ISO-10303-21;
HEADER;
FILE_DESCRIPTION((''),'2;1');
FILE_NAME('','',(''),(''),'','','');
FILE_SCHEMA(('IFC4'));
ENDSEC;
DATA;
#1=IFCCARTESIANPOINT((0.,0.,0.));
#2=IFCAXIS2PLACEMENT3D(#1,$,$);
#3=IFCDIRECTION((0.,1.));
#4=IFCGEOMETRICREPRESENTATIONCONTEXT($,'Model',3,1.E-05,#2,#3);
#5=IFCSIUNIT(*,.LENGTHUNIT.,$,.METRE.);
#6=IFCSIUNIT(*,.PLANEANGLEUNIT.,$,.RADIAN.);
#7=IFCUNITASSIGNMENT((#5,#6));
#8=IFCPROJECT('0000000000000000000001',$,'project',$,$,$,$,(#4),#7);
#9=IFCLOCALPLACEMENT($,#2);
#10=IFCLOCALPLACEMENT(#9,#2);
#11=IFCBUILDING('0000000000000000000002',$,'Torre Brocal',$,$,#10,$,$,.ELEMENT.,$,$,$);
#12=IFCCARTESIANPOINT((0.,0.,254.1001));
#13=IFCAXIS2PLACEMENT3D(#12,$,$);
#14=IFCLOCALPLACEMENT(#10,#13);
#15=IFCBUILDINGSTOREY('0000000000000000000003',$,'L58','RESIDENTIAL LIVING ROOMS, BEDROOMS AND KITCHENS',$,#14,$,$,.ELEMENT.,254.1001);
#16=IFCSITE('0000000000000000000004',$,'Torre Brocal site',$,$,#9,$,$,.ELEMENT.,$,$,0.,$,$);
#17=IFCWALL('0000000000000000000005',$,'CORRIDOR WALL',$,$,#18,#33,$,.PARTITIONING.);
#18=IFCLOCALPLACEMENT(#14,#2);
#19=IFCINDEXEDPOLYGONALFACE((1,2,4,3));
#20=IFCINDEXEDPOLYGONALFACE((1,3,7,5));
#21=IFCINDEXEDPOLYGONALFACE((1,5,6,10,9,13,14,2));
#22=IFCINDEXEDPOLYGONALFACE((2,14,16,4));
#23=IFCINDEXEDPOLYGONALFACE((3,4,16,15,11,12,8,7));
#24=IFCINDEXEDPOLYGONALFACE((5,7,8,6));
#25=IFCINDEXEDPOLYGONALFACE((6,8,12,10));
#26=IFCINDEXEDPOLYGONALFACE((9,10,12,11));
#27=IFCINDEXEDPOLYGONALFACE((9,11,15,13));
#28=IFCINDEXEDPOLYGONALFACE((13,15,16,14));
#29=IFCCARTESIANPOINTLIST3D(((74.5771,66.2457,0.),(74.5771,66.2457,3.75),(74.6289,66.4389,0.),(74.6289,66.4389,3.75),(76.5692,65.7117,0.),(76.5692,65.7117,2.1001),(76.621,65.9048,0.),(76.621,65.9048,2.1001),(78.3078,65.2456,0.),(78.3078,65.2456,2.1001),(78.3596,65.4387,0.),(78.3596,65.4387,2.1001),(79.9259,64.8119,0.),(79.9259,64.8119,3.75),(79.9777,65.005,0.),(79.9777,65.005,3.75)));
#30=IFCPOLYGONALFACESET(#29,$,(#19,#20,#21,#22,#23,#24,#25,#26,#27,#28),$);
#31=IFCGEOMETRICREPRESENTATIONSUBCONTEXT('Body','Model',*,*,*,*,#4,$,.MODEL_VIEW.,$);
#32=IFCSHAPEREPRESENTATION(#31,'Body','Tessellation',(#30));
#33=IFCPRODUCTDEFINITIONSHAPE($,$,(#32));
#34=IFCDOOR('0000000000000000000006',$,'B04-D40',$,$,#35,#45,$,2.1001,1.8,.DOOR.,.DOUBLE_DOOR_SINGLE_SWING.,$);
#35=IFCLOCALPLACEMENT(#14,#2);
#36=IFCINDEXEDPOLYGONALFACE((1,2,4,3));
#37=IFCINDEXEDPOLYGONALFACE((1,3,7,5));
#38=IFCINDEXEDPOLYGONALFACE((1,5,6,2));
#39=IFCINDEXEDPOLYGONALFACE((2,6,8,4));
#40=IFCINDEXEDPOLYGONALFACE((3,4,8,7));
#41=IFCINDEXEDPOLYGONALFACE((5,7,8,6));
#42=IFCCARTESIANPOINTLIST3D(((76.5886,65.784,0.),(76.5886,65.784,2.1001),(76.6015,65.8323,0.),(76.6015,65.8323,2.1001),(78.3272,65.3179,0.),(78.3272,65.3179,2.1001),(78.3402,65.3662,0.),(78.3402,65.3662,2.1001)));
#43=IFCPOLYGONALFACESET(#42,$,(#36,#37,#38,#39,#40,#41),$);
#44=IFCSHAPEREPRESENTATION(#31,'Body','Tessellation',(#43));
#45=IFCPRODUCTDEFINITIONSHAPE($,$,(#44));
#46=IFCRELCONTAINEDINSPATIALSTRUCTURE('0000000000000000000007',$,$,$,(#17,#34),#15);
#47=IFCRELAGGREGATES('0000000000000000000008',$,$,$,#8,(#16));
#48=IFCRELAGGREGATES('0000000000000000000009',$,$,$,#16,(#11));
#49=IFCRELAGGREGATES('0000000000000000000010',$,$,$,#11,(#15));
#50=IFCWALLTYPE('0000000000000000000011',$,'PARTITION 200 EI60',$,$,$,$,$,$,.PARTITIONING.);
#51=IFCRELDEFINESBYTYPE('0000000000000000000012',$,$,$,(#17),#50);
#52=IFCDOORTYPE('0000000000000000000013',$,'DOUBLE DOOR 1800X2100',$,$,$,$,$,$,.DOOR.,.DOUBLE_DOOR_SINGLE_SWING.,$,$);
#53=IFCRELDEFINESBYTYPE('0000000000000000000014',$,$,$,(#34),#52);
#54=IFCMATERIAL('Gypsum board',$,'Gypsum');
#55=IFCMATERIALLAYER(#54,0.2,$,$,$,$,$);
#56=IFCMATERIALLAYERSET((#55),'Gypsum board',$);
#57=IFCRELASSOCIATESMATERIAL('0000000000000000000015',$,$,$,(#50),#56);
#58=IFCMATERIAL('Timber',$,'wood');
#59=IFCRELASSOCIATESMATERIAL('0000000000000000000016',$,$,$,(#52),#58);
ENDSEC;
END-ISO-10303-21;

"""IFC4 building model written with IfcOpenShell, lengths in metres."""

from ifc_helpers import new_model, si_unit, direction, frame, frame_2d, origin, place, context, subcontext, project, spatial, rectangle, extrude, material, layer, layer_set, type_object, element, fill, save


model = new_model("IFC4")

# Units and contexts
model_context = context("Model", 3, precision=1e-05, world=origin(), true_north=direction((0.0, 1.0)))
body_context = subcontext(model_context, "Body", "Model", "MODEL_VIEW")
ifc_project = project(units=[si_unit("LENGTHUNIT", "METRE"), si_unit("PLANEANGLEUNIT", "RADIAN")], contexts=[model_context])

# Site, building, storey
site_placement = place(None, origin())
site = spatial("IfcSite", under=ifc_project, at=site_placement, Name="Torre Brocal site", CompositionType="ELEMENT", RefElevation=0.0)
building_placement = place(site_placement, origin())
building = spatial("IfcBuilding", under=site, at=building_placement, Name="Torre Brocal", CompositionType="ELEMENT")
storey_placement = place(building_placement, frame((0.0, 0.0, 254.1001)))
storey = spatial("IfcBuildingStorey", under=building, at=storey_placement, Name="L58", Description="RESIDENTIAL LIVING ROOMS, BEDROOMS AND KITCHENS", CompositionType="ELEMENT", Elevation=254.1001)

# Shared definitions
ifc_material_1 = material(Name="Gypsum board", Category="Gypsum")
ifc_layer_1 = layer(ifc_material_1, 0.2)
ifc_layer_set_1 = layer_set([ifc_layer_1], Name="Gypsum board")
wall_type_1 = type_object("IfcWallType", Name="PARTITION 200 EI60", PredefinedType="PARTITIONING", material=ifc_layer_set_1)

# Wall, opening, door
wall_1_placement = place(storey_placement, frame((74.603, 66.3423, 0.0), z_axis=(0.0, 0.0, 1.0), x_axis=(0.965895, -0.258933, 0.0)))
wall_1 = element("IfcWall", 1, at=wall_1_placement, inside=storey, type_object=wall_type_1, Name="CORRIDOR WALL", PredefinedType="PARTITIONING", context=body_context, shape_type="SweptSolid", body=[
    extrude(rectangle(XDim=5.5376, YDim=0.2, at=frame_2d((2.7688, 0.0))), origin(), (0.0, 0.0, 1.0), 3.75),
])
opening_1_placement = place(wall_1_placement, frame((2.0625, 0.0, 0.0)))
opening_1 = element("IfcOpeningElement", 2, at=opening_1_placement, cuts=wall_1, PredefinedType="OPENING", context=body_context, shape_type="SweptSolid", body=[
    extrude(rectangle(XDim=1.8, YDim=2.1001, at=frame_2d((0.8999, 1.05))), frame((0.0, 0.1099, 0.0), z_axis=(0.0, -1.0, 0.0), x_axis=(1.0, 0.0, 0.0)), (0.0, 0.0, 1.0), 0.22),
])
ifc_material_2 = material(Name="Timber", Category="wood")
door_type_1 = type_object("IfcDoorType", Name="DOUBLE DOOR 1800X2100", OperationType="DOUBLE_DOOR_SINGLE_SWING", PredefinedType="DOOR", material=ifc_material_2)
door_1_placement = place(opening_1_placement, origin())
door_1 = element("IfcDoor", 3, at=door_1_placement, inside=storey, type_object=door_type_1, Name="B04-D40", OperationType="DOUBLE_DOOR_SINGLE_SWING", OverallHeight=2.1001, OverallWidth=1.8, PredefinedType="DOOR", context=body_context, shape_type="SweptSolid", body=[
    extrude(rectangle(XDim=1.8, YDim=2.1001, at=frame_2d((0.8999, 1.05))), frame((0.0, 0.0249, 0.0), z_axis=(0.0, -1.0, 0.0), x_axis=(1.0, 0.0, 0.0)), (0.0, 0.0, 1.0), 0.05),
])
fill(opening_1, door_1)

save(model, "model.ifc")
